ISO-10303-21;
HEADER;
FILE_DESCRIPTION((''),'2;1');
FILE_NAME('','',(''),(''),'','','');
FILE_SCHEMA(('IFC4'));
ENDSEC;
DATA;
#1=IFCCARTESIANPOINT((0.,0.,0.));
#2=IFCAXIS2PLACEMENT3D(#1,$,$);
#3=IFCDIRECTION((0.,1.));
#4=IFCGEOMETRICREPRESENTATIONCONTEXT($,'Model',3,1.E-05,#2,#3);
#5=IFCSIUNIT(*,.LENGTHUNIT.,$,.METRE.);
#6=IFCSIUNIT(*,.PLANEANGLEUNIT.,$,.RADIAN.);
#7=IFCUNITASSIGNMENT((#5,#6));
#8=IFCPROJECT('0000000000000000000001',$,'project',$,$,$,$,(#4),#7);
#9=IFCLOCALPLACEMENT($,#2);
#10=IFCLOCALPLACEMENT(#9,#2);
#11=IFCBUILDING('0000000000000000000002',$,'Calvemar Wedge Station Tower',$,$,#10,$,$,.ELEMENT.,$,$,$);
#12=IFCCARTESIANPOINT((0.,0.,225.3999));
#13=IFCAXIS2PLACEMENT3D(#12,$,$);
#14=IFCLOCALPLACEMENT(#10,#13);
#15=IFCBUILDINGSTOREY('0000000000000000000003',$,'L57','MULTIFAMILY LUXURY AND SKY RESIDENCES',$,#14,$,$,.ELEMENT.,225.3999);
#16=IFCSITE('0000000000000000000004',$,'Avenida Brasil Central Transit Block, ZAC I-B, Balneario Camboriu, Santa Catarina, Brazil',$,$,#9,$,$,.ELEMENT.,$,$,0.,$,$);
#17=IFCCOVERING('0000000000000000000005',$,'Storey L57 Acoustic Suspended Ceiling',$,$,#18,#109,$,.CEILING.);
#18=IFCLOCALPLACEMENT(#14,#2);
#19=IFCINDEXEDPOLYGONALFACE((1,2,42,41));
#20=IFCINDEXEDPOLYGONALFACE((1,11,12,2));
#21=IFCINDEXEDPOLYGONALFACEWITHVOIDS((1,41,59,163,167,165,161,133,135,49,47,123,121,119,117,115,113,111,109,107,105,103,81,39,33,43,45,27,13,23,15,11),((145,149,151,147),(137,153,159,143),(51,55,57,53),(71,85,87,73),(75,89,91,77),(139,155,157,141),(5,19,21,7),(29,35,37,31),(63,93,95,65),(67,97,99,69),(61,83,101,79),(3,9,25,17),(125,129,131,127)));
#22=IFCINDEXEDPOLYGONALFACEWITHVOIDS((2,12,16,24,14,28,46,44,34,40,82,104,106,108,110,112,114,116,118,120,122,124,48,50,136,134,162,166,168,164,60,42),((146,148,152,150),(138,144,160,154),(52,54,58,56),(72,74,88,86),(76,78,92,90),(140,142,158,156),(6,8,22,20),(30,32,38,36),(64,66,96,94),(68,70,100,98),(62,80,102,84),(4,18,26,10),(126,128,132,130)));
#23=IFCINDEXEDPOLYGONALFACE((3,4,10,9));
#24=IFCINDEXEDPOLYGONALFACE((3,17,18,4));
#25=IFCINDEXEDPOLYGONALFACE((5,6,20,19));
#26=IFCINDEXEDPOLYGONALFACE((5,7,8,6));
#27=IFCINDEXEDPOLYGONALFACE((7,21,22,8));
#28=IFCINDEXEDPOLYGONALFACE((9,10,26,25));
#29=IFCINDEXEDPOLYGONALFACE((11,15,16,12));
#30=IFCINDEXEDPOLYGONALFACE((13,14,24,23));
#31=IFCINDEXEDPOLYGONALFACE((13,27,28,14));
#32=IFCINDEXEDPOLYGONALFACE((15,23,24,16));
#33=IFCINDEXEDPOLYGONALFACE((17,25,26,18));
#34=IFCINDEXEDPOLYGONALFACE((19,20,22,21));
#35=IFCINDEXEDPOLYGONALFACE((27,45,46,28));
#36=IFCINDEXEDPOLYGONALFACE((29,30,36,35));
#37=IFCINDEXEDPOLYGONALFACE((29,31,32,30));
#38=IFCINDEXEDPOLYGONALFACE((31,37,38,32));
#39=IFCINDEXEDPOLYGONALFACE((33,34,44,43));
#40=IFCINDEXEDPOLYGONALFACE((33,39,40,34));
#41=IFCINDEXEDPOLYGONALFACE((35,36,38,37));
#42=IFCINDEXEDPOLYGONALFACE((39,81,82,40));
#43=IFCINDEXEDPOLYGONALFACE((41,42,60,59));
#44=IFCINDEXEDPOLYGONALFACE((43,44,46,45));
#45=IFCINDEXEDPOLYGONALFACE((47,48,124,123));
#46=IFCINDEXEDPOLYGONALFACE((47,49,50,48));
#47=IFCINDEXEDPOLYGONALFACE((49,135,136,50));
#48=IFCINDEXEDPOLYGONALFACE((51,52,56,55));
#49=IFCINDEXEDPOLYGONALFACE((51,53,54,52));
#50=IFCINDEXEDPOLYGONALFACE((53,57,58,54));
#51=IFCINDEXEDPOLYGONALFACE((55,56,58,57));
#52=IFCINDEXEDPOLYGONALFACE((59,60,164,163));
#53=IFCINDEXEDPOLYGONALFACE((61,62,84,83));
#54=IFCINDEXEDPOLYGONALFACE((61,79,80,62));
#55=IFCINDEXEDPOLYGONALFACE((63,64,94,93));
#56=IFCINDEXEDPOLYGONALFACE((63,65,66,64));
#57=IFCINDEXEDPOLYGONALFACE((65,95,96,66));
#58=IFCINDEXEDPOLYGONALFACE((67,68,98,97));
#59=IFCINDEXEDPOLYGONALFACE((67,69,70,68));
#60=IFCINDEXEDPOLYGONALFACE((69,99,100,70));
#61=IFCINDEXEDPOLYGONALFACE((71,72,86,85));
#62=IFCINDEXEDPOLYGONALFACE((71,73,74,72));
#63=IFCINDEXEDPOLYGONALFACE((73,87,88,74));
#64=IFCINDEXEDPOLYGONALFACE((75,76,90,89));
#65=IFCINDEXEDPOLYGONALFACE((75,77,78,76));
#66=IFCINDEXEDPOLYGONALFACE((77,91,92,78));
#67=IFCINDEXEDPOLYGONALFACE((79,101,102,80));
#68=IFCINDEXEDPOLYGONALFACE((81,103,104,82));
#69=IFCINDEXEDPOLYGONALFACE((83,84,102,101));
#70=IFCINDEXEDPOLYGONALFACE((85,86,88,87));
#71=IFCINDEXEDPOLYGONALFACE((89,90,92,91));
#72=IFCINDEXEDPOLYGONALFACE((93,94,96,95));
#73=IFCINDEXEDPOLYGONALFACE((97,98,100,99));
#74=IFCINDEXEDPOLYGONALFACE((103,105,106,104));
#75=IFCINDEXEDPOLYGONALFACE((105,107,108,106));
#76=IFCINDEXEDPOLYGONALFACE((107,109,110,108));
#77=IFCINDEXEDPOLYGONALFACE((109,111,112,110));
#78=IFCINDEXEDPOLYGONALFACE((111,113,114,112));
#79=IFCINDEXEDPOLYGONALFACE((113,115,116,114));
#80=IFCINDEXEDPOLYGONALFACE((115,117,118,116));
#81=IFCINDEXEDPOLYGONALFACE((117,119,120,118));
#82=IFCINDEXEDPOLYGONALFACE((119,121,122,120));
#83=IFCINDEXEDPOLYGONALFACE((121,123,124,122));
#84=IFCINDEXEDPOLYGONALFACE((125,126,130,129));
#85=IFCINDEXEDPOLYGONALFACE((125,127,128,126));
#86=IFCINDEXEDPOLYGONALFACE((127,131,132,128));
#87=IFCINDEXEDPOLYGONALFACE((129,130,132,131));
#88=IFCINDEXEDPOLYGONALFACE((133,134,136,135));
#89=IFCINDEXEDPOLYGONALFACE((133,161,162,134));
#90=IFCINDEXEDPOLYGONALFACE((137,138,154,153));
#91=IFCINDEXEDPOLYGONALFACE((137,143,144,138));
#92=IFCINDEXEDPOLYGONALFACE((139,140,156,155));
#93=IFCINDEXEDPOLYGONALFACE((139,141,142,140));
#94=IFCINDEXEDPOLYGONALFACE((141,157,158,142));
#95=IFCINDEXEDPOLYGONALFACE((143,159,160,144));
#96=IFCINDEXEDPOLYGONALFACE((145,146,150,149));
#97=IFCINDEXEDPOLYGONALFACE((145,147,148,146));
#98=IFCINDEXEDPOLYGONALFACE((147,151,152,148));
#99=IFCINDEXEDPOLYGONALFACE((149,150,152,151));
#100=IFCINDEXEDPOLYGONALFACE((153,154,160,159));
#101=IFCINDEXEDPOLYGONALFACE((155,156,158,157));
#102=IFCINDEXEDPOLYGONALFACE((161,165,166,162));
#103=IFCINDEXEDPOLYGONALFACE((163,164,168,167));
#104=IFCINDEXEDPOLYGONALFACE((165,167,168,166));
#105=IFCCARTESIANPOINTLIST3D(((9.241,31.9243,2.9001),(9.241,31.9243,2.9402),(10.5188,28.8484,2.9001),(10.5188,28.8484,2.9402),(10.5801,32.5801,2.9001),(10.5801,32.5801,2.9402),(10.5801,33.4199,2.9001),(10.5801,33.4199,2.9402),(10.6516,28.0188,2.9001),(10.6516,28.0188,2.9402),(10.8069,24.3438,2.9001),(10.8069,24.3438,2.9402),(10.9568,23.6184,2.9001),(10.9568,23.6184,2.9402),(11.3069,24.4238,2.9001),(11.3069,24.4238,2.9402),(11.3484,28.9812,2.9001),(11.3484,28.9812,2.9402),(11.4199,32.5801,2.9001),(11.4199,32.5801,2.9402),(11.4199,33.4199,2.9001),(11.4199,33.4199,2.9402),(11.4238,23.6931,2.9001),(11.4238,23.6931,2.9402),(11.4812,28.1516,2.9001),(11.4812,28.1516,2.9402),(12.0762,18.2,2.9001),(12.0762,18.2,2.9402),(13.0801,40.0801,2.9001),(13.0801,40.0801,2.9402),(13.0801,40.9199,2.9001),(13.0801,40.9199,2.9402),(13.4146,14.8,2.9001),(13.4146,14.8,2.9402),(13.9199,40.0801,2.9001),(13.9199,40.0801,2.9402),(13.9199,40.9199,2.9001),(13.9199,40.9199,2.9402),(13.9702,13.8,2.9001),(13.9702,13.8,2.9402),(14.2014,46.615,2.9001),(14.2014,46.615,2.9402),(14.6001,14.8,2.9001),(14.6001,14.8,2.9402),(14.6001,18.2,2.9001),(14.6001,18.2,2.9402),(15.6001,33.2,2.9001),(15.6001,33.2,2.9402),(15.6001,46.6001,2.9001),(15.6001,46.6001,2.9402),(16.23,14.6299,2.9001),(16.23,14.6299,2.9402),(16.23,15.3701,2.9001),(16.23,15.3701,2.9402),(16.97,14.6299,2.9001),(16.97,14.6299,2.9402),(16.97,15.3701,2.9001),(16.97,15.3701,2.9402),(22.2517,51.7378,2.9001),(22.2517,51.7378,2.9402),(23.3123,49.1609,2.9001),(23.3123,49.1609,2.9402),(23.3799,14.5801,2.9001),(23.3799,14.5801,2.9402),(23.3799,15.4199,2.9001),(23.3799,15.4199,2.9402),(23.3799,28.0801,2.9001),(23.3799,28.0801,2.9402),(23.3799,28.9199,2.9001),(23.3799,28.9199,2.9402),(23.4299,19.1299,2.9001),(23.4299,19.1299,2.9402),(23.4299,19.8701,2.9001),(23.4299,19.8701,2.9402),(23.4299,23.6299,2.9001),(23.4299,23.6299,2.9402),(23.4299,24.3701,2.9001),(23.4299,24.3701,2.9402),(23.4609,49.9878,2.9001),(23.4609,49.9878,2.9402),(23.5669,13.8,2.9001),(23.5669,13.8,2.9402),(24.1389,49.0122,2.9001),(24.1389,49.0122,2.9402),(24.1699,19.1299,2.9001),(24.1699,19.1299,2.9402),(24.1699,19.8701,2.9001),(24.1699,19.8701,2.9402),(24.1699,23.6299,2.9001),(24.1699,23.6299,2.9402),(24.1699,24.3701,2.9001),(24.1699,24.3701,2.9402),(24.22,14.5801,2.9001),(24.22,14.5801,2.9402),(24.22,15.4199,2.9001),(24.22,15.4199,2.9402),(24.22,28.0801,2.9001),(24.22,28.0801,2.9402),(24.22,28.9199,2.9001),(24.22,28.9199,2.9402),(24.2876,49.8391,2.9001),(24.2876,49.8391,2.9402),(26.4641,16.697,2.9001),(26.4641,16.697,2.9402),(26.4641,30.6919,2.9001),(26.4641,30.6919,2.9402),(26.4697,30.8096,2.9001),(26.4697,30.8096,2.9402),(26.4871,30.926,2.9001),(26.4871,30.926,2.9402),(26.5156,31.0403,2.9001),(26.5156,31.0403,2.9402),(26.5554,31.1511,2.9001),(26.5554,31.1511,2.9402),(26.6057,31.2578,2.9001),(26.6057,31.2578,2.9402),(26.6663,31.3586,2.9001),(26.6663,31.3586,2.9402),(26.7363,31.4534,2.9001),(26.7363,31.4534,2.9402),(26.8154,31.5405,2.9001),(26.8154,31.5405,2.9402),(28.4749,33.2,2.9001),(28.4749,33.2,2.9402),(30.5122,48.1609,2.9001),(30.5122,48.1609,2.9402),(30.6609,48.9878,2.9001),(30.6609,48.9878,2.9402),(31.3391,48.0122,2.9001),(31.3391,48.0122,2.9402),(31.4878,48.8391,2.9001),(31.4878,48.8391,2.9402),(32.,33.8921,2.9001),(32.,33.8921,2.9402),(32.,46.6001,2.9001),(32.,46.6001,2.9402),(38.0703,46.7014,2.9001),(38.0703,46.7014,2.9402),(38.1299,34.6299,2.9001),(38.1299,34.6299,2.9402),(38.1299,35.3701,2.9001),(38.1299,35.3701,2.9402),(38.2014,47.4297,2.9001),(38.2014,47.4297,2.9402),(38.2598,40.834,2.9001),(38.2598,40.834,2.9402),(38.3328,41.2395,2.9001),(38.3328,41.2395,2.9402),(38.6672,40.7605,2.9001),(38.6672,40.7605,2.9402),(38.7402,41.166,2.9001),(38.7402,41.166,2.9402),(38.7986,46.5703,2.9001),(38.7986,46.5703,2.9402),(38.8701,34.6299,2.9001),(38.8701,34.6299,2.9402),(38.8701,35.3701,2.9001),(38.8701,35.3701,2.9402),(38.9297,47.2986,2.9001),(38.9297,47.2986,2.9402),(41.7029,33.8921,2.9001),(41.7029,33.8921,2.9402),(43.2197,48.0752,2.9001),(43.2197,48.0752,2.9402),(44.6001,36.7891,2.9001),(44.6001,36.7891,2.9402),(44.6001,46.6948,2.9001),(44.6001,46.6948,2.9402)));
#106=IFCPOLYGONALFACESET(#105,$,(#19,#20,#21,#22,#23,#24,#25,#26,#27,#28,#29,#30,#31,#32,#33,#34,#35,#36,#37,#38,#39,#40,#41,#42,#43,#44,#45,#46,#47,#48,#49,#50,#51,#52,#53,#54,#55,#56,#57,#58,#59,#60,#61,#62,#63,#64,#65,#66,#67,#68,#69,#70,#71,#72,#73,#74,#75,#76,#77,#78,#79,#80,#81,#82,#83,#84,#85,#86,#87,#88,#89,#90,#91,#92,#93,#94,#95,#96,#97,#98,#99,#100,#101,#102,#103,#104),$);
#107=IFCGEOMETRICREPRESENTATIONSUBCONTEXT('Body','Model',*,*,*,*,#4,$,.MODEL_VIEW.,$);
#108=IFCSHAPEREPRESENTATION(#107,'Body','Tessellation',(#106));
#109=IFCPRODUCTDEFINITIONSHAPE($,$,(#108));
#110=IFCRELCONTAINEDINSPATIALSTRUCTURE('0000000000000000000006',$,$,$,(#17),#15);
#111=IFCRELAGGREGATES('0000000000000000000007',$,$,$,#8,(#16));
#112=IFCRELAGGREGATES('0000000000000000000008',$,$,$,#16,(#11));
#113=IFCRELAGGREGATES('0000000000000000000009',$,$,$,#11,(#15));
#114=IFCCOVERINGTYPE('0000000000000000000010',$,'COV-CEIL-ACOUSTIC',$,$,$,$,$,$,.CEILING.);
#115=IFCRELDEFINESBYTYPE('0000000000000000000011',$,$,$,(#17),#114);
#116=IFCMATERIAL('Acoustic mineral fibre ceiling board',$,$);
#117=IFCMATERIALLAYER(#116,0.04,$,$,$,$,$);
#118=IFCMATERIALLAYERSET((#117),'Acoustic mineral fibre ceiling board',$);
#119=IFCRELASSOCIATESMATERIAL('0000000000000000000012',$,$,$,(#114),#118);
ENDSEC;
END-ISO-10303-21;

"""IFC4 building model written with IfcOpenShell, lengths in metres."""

from ifc_helpers import new_model, si_unit, direction, frame, origin, place, context, subcontext, project, spatial, polyline, outline, extrude, material, layer, layer_set, type_object, element, save


model = new_model("IFC4")

# Units and contexts
model_context = context("Model", 3, precision=1e-05, world=origin(), true_north=direction((0.0, 1.0)))
body_context = subcontext(model_context, "Body", "Model", "MODEL_VIEW")
ifc_project = project(units=[si_unit("LENGTHUNIT", "METRE"), si_unit("PLANEANGLEUNIT", "RADIAN")], contexts=[model_context])

# Site, building, storey
site_placement = place(None, origin())
site = spatial("IfcSite", under=ifc_project, at=site_placement, Name="Avenida Brasil Central Transit Block, ZAC I-B, Balneario Camboriu, Santa Catarina, Brazil", CompositionType="ELEMENT", RefElevation=0.0)
building_placement = place(site_placement, origin())
building = spatial("IfcBuilding", under=site, at=building_placement, Name="Calvemar Wedge Station Tower", CompositionType="ELEMENT")
storey_placement = place(building_placement, frame((0.0, 0.0, 225.3999)))
storey = spatial("IfcBuildingStorey", under=building, at=storey_placement, Name="L57", Description="MULTIFAMILY LUXURY AND SKY RESIDENCES", CompositionType="ELEMENT", Elevation=225.3999)

# Covering
ifc_material_1 = material(Name="Acoustic mineral fibre ceiling board")
ifc_layer_1 = layer(ifc_material_1, 0.04)
ifc_layer_set_1 = layer_set([ifc_layer_1], Name="Acoustic mineral fibre ceiling board")
covering_type_1 = type_object("IfcCoveringType", Name="COV-CEIL-ACOUSTIC", PredefinedType="CEILING", material=ifc_layer_set_1)
covering_1_placement = place(storey_placement, frame((0.0, 0.0, 2.9001)))
element("IfcCovering", 1, at=covering_1_placement, inside=storey, type_object=covering_type_1, Name="Storey L57 Acoustic Suspended Ceiling", PredefinedType="CEILING", context=body_context, shape_type="SweptSolid", body=[
    extrude(outline(polyline([(26.6663, 31.3586), (26.7363, 31.4534), (26.8154, 31.5405), (28.4749, 33.2), (15.6001, 33.2), (15.6001, 46.6001), (32.0, 46.6001), (32.0, 33.8921), (41.7029, 33.8921), (44.6001, 36.7891), (44.6001, 46.6948), (43.2197, 48.0752), (22.2517, 51.7378), (14.2014, 46.615), (9.241, 31.9243), (10.8069, 24.3438), (11.3069, 24.4238), (11.4238, 23.6931), (10.9568, 23.6184), (12.0762, 18.2), (14.6001, 18.2), (14.6001, 14.8), (13.4146, 14.8), (13.9702, 13.8), (23.5669, 13.8), (26.4641, 16.697), (26.4641, 30.6919), (26.4697, 30.8096), (26.4871, 30.926), (26.5156, 31.0403), (26.5554, 31.1511), (26.6057, 31.2578), (26.6663, 31.3586)]), holes=[polyline([(11.4199, 33.4199), (11.4199, 32.5801), (10.5801, 32.5801), (10.5801, 33.4199), (11.4199, 33.4199)]), polyline([(13.9199, 40.0801), (13.0801, 40.0801), (13.0801, 40.9199), (13.9199, 40.9199), (13.9199, 40.0801)]), polyline([(23.3123, 49.1609), (23.4609, 49.9878), (24.2876, 49.8391), (24.1389, 49.0122), (23.3123, 49.1609)]), polyline([(30.6609, 48.9878), (31.4878, 48.8391), (31.3391, 48.0122), (30.5122, 48.1609), (30.6609, 48.9878)]), polyline([(38.9297, 47.2986), (38.7986, 46.5703), (38.0703, 46.7014), (38.2014, 47.4297), (38.9297, 47.2986)]), polyline([(38.8701, 34.6299), (38.1299, 34.6299), (38.1299, 35.3701), (38.8701, 35.3701), (38.8701, 34.6299)]), polyline([(38.2598, 40.834), (38.3328, 41.2395), (38.7402, 41.166), (38.6672, 40.7605), (38.2598, 40.834)]), polyline([(11.3484, 28.9812), (11.4812, 28.1516), (10.6516, 28.0188), (10.5188, 28.8484), (11.3484, 28.9812)]), polyline([(24.22, 28.0801), (23.3799, 28.0801), (23.3799, 28.9199), (24.22, 28.9199), (24.22, 28.0801)]), polyline([(23.4299, 23.6299), (23.4299, 24.3701), (24.1699, 24.3701), (24.1699, 23.6299), (23.4299, 23.6299)]), polyline([(23.4299, 19.8701), (24.1699, 19.8701), (24.1699, 19.1299), (23.4299, 19.1299), (23.4299, 19.8701)]), polyline([(24.22, 15.4199), (24.22, 14.5801), (23.3799, 14.5801), (23.3799, 15.4199), (24.22, 15.4199)]), polyline([(16.97, 14.6299), (16.23, 14.6299), (16.23, 15.3701), (16.97, 15.3701), (16.97, 14.6299)])]), origin(), (0.0, 0.0, 1.0), 0.04),
])

save(model, "model.ifc")
